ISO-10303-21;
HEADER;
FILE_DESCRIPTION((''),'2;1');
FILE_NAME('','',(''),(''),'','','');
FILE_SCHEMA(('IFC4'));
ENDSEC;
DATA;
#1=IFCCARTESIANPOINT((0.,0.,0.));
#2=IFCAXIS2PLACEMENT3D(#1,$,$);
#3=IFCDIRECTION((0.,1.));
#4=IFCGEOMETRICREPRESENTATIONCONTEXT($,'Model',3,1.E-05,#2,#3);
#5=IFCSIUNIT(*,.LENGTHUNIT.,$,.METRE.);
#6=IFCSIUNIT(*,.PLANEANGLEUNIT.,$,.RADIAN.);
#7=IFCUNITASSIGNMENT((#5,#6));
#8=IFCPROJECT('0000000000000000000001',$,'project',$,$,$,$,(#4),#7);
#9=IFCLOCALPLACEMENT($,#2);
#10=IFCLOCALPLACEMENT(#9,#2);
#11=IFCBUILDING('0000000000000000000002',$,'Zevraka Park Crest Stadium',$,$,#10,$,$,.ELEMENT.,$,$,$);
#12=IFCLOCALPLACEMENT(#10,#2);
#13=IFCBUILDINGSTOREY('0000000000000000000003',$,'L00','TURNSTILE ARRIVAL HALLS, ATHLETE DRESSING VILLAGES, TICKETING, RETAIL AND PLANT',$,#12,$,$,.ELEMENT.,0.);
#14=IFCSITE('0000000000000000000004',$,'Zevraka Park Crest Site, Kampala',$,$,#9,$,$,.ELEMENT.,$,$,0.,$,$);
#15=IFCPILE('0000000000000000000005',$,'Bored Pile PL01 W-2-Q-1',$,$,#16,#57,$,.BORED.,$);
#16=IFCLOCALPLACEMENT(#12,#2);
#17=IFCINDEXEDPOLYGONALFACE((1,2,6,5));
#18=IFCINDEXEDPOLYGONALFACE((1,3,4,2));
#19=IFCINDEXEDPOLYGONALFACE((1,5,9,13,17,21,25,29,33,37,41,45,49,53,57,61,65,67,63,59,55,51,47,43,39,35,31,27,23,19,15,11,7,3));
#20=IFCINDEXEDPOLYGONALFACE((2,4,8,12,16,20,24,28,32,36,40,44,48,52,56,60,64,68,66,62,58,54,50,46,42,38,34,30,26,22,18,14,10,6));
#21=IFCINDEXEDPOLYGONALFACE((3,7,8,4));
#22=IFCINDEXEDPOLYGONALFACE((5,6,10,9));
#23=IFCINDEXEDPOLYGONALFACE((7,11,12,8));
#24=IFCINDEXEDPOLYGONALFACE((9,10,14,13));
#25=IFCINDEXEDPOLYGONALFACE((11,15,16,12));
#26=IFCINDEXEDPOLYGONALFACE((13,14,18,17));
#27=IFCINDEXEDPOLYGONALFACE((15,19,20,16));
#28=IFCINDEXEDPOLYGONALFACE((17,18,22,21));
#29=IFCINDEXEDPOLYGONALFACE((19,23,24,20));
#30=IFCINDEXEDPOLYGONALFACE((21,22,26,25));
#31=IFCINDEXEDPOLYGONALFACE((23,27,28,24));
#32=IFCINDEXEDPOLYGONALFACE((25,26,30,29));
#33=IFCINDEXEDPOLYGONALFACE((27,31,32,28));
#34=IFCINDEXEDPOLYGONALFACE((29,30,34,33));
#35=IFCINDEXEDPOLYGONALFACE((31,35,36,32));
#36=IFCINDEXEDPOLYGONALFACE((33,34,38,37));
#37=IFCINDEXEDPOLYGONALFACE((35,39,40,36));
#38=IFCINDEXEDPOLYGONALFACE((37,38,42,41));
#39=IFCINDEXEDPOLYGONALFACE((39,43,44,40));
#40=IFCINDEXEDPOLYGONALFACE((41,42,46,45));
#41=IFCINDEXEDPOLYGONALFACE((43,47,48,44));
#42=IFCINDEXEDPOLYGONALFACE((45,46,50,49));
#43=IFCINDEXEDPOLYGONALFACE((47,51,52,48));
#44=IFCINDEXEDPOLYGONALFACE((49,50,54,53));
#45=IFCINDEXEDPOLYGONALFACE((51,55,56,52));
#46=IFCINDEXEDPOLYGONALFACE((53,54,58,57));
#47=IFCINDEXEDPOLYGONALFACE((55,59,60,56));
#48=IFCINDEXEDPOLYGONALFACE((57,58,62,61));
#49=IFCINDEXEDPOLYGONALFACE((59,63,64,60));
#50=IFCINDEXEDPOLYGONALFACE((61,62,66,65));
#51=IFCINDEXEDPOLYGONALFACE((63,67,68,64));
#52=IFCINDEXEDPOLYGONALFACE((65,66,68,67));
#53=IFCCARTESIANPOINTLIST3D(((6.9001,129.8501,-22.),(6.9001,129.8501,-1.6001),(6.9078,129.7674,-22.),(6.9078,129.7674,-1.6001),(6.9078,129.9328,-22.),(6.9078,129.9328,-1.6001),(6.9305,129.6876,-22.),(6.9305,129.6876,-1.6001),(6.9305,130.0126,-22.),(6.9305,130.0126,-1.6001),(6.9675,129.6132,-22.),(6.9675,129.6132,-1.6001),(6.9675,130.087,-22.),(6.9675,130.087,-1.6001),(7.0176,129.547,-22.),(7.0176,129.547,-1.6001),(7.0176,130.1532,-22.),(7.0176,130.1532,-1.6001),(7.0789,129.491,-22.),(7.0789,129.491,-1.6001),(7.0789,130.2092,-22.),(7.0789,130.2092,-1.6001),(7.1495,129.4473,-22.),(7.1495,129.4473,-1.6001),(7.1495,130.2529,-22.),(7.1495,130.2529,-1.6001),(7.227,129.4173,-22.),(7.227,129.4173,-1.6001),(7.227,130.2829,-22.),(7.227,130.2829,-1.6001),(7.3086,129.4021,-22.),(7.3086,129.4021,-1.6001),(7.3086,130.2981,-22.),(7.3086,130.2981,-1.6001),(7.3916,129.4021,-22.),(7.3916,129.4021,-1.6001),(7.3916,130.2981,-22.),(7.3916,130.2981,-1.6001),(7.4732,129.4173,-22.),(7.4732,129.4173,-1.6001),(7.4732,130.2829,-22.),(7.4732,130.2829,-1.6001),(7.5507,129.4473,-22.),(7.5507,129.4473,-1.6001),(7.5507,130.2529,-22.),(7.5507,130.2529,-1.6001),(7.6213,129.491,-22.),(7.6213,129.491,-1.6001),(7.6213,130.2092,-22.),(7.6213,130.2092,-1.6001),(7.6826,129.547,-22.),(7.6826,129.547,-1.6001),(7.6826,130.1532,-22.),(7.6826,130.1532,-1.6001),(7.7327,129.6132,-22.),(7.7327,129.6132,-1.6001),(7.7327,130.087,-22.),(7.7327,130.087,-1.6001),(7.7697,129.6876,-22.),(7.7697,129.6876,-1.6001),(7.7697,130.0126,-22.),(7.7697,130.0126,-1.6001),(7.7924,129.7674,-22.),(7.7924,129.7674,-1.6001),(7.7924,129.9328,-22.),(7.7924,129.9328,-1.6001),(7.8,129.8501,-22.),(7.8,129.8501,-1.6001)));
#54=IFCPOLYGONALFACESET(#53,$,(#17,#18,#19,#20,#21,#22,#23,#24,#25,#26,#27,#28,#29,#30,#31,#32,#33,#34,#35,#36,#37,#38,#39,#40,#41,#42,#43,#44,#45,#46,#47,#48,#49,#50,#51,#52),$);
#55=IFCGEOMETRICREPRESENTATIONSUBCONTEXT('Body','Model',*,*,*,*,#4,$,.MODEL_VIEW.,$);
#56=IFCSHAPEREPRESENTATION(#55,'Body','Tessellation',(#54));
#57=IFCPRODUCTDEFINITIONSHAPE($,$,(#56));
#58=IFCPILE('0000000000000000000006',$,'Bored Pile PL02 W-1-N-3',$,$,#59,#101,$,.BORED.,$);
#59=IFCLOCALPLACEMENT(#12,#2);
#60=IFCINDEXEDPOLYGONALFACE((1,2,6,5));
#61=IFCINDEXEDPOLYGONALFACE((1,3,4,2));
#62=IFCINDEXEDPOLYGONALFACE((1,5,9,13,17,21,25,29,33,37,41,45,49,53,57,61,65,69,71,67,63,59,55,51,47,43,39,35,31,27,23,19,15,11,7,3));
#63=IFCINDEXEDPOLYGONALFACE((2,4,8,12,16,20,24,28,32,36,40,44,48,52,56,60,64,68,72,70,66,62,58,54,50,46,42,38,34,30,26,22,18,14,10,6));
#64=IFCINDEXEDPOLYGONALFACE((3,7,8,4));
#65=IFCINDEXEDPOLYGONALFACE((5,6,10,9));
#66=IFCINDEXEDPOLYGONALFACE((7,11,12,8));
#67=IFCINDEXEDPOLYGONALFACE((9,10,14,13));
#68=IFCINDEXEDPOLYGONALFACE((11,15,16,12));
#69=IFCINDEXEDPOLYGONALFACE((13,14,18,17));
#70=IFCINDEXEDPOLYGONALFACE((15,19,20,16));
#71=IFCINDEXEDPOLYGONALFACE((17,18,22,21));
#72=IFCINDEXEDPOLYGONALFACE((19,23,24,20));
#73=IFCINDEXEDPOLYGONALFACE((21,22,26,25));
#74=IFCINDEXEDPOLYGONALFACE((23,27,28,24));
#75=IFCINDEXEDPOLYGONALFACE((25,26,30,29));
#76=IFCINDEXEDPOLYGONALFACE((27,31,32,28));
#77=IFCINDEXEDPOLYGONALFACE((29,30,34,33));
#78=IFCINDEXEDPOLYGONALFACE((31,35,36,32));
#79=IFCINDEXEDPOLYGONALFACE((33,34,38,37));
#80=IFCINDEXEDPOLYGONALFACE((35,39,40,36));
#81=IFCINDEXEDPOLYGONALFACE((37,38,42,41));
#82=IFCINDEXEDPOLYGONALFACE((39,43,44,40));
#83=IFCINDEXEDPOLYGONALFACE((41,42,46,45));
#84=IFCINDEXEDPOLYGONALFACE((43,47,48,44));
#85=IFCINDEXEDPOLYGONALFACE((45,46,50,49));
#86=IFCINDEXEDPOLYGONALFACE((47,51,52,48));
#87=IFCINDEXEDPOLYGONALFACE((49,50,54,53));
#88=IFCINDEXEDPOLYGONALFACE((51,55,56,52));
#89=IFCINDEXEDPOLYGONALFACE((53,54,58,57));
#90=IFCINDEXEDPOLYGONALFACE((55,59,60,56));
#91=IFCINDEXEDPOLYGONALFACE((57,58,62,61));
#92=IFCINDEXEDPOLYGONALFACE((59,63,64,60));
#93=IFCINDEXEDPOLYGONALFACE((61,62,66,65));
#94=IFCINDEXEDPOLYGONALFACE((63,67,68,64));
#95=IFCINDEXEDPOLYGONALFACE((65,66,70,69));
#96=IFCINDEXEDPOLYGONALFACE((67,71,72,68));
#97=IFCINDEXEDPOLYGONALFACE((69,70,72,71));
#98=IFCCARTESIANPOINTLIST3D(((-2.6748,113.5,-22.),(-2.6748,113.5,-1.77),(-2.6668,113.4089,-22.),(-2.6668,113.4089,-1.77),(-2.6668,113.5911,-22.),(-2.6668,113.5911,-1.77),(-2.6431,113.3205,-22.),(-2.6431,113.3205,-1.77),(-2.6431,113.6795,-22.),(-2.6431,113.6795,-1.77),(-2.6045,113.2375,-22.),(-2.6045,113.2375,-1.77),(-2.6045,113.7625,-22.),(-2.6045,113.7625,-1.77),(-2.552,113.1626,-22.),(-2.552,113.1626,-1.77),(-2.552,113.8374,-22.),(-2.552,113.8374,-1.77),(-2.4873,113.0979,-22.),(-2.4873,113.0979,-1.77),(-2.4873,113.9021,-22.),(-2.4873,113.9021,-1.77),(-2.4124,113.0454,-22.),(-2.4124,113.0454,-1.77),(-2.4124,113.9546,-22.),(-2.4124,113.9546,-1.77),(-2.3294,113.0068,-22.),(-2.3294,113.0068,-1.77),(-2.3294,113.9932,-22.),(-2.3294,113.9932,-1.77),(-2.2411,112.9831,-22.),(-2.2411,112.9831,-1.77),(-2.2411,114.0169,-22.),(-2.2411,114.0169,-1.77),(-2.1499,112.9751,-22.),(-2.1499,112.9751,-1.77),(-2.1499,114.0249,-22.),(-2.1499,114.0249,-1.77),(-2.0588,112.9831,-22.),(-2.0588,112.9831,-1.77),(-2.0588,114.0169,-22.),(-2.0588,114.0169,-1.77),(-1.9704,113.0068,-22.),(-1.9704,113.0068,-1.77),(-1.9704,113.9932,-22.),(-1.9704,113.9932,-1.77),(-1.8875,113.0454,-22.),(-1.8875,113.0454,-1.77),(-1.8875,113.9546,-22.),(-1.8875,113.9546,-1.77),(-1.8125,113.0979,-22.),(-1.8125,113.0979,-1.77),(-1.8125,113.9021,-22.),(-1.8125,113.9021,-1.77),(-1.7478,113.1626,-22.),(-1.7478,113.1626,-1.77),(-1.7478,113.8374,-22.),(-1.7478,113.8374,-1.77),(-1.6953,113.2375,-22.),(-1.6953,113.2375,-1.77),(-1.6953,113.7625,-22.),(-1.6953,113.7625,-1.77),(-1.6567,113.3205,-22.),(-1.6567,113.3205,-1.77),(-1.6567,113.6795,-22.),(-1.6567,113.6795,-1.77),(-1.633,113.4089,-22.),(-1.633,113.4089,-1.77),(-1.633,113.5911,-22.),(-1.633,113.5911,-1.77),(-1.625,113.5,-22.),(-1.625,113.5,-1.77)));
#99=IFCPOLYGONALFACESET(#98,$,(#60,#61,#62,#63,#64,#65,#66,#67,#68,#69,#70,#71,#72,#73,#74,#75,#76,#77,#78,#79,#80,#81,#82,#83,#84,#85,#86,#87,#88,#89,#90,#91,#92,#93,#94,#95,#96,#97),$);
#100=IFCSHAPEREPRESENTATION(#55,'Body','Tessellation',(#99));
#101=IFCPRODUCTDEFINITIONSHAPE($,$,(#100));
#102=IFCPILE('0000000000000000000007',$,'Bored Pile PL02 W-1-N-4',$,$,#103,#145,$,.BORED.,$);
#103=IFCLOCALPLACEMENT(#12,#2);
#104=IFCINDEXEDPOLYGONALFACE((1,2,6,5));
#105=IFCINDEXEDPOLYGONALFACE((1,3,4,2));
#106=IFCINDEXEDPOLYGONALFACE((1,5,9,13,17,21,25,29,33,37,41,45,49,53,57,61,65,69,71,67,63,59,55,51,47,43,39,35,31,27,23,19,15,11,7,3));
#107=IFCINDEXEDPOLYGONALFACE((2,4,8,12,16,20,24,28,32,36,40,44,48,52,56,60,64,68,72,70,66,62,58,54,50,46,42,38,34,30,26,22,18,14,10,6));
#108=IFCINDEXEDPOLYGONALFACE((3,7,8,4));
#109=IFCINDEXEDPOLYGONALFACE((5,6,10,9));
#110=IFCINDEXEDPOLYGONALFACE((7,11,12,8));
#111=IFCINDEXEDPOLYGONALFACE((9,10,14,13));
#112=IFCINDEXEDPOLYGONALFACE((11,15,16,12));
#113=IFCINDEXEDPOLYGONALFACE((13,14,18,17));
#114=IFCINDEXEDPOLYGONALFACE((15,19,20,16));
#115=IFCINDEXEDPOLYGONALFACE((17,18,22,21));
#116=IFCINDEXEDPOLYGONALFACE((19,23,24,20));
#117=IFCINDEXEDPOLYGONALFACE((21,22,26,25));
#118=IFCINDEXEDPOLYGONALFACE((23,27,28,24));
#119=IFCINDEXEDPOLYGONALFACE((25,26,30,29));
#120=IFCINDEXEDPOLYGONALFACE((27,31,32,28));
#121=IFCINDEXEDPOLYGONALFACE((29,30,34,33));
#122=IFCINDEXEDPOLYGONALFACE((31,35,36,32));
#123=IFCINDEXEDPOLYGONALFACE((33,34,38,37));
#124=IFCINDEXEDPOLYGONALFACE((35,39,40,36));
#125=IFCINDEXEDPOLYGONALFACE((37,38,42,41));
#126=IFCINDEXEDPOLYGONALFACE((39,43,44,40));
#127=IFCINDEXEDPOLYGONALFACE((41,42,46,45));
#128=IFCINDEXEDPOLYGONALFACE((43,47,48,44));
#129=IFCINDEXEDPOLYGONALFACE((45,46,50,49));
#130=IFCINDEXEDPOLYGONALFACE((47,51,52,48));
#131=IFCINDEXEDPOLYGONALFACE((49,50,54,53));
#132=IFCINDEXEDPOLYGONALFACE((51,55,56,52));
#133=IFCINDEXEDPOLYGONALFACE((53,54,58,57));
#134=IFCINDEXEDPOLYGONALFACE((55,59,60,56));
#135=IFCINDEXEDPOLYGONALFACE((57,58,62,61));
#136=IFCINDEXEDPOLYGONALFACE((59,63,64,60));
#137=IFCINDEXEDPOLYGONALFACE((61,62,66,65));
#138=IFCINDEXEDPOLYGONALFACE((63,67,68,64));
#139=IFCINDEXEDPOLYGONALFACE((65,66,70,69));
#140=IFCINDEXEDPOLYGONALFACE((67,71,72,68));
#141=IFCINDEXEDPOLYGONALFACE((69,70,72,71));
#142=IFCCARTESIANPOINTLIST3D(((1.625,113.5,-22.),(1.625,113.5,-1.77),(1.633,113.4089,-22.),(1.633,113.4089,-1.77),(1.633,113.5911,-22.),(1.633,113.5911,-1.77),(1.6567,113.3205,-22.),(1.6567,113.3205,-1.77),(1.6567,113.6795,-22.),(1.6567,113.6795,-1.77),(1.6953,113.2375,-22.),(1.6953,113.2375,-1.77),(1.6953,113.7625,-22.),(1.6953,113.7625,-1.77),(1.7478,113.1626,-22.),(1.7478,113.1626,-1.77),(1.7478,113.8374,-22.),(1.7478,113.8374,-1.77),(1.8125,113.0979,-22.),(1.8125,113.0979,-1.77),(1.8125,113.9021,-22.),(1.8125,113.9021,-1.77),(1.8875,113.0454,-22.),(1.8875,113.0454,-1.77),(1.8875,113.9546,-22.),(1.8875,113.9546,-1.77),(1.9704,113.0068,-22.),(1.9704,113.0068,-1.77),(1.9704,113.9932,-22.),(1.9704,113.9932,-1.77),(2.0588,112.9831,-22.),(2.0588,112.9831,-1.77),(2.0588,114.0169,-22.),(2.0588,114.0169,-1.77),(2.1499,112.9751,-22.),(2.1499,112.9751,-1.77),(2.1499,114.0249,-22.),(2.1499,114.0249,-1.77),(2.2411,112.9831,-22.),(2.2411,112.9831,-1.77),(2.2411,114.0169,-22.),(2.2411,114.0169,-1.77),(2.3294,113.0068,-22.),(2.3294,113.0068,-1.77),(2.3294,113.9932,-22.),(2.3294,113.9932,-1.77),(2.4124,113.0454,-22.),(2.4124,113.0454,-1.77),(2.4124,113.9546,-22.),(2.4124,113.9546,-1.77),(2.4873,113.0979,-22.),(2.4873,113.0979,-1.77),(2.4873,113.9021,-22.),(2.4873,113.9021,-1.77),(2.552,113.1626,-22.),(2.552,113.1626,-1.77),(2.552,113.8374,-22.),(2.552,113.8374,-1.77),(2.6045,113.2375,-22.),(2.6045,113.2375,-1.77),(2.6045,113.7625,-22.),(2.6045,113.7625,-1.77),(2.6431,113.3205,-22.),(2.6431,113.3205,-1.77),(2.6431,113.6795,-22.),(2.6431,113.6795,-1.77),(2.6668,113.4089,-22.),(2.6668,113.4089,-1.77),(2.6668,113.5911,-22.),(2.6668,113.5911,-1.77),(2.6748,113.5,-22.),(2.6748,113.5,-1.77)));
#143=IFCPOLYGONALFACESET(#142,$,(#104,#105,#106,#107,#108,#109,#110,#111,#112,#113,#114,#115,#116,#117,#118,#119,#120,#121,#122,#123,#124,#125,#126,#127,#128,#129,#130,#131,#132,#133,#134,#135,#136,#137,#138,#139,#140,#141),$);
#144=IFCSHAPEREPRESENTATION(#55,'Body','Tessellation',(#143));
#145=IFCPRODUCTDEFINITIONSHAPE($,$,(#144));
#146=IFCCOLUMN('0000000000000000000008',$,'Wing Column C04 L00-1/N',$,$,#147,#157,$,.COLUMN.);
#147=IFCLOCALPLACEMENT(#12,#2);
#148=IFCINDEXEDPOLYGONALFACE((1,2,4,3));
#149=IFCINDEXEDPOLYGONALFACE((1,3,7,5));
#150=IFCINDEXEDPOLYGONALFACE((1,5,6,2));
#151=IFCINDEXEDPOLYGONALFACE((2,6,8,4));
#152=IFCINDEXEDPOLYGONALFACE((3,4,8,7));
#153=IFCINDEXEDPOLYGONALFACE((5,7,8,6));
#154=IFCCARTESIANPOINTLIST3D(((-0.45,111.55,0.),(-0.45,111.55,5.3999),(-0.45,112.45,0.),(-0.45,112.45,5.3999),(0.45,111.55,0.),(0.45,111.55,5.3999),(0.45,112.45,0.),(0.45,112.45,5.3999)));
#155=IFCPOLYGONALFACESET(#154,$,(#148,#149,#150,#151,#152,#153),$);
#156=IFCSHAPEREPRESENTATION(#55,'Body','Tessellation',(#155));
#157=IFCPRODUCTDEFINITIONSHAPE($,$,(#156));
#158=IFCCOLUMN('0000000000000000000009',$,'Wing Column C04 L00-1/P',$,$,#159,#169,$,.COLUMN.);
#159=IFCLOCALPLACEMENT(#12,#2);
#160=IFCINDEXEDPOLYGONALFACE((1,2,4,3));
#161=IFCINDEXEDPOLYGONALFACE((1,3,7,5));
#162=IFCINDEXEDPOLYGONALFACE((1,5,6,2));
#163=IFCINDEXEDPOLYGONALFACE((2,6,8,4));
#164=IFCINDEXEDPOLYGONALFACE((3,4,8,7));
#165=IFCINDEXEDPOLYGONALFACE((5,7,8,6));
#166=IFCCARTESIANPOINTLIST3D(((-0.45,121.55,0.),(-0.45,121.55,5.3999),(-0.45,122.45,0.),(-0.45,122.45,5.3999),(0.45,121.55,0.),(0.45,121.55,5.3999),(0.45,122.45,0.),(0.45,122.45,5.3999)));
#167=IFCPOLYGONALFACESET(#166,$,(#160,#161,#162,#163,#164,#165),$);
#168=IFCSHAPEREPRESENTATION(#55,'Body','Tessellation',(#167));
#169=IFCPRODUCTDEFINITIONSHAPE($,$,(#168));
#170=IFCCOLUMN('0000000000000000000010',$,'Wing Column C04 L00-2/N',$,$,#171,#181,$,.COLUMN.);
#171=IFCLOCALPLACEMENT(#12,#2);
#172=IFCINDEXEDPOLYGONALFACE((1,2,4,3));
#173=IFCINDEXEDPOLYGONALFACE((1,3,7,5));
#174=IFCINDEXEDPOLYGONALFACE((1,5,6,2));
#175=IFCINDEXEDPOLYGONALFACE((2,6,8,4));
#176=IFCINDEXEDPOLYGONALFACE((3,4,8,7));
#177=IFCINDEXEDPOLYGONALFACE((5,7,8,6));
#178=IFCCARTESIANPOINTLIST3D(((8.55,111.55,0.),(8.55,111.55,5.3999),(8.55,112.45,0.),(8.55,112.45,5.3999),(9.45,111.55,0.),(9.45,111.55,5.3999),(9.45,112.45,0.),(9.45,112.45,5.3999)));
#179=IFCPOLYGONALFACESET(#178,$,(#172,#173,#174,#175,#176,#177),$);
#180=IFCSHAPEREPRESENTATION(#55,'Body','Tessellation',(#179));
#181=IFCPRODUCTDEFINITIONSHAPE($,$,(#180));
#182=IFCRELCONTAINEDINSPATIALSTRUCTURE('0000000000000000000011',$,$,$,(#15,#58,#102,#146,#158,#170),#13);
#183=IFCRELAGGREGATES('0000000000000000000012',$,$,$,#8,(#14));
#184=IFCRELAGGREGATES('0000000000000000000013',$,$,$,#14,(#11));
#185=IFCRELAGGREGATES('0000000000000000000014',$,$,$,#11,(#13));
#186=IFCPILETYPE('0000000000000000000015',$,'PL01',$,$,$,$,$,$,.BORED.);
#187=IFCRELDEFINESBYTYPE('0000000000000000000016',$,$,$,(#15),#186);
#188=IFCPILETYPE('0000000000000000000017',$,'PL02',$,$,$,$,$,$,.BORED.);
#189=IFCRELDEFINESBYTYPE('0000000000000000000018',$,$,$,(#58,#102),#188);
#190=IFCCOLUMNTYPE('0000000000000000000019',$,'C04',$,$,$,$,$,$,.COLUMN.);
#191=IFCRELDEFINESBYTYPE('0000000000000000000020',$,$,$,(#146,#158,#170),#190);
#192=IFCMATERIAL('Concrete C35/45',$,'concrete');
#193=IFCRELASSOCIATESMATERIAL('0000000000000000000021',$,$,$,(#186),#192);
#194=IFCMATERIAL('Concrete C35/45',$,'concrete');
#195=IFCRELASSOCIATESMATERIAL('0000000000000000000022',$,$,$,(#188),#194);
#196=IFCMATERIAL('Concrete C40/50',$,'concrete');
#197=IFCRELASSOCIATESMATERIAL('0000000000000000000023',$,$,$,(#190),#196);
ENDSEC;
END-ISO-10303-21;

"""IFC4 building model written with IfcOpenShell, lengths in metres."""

from ifc_helpers import new_model, si_unit, direction, frame, origin, origin_2d, place, context, subcontext, project, spatial, rectangle, circle, extrude, material, material_profile, profile_set, type_object, element, save


model = new_model("IFC4")

# Units and contexts
model_context = context("Model", 3, precision=1e-05, world=origin(), true_north=direction((0.0, 1.0)))
body_context = subcontext(model_context, "Body", "Model", "MODEL_VIEW")
ifc_project = project(units=[si_unit("LENGTHUNIT", "METRE"), si_unit("PLANEANGLEUNIT", "RADIAN")], contexts=[model_context])

# Site, building, storey
site_placement = place(None, origin())
site = spatial("IfcSite", under=ifc_project, at=site_placement, Name="Zevraka Park Crest Site, Kampala", CompositionType="ELEMENT", RefElevation=0.0)
building_placement = place(site_placement, origin())
building = spatial("IfcBuilding", under=site, at=building_placement, Name="Zevraka Park Crest Stadium", CompositionType="ELEMENT")
storey_placement = place(building_placement, origin())
storey = spatial("IfcBuildingStorey", under=building, at=storey_placement, Name="L00", Description="TURNSTILE ARRIVAL HALLS, ATHLETE DRESSING VILLAGES, TICKETING, RETAIL AND PLANT", CompositionType="ELEMENT", Elevation=0.0)

# Piles
ifc_material_1 = material(Name="Concrete C35/45", Category="concrete")
ifc_material_profile_1 = material_profile(ifc_material_1, circle(Radius=0.45, at=origin_2d()), Name="PILE D900")
ifc_profile_set_1 = profile_set([ifc_material_profile_1], Name="Concrete C35/45")
pile_type_1 = type_object("IfcPileType", Name="PL01", PredefinedType="BORED", material=ifc_profile_set_1)
pile_1_placement = place(storey_placement, frame((7.3501, 129.8501, -1.6001), z_axis=(0.0, 0.0, -1.0), x_axis=(1.0, 0.0, 0.0)))
element("IfcPile", 1, at=pile_1_placement, inside=storey, type_object=pile_type_1, Name="Bored Pile PL01 W-2-Q-1", PredefinedType="BORED", context=body_context, shape_type="SweptSolid", body=[
    extrude(circle(Radius=0.45, at=origin_2d()), origin(), (0.0, 0.0, 1.0), 20.3999),
])
ifc_material_2 = material(Name="Concrete C35/45", Category="concrete")
ifc_material_profile_2 = material_profile(ifc_material_2, circle(Radius=0.5249, at=origin_2d()), Name="PILE D1050")
ifc_profile_set_2 = profile_set([ifc_material_profile_2], Name="Concrete C35/45")
pile_type_2 = type_object("IfcPileType", Name="PL02", PredefinedType="BORED", material=ifc_profile_set_2)
for number, where, z_axis, x_axis, name in (
    (2, (-2.1499, 113.5, -1.77), (0.0, 0.0, -1.0), (1.0, 0.0, 0.0), "Bored Pile PL02 W-1-N-3"),
    (3, (2.1499, 113.5, -1.77), (0.0, 0.0, -1.0), (1.0, 0.0, 0.0), "Bored Pile PL02 W-1-N-4"),
):
    element("IfcPile", number, at=place(storey_placement, frame(where, z_axis=z_axis, x_axis=x_axis)), inside=storey, type_object=pile_type_2, Name=name, PredefinedType="BORED", context=body_context, shape_type="SweptSolid", body=[
        extrude(circle(Radius=0.5249, at=origin_2d()), origin(), (0.0, 0.0, 1.0), 20.23),
    ])

# Columns
ifc_material_3 = material(Name="Concrete C40/50", Category="concrete")
ifc_material_profile_3 = material_profile(ifc_material_3, rectangle(XDim=0.8999, YDim=0.8999, at=origin_2d()), Name="RC 900x900")
ifc_profile_set_3 = profile_set([ifc_material_profile_3], Name="Concrete C40/50")
column_type = type_object("IfcColumnType", Name="C04", PredefinedType="COLUMN", material=ifc_profile_set_3)
for number, where, z_axis, x_axis, name in (
    (4, (0.0, 112.0, 0.0), (0.0, 0.0, 1.0), (1.0, 0.0, 0.0), "Wing Column C04 L00-1/N"),
    (5, (0.0, 122.0, 0.0), (0.0, 0.0, 1.0), (1.0, 0.0, 0.0), "Wing Column C04 L00-1/P"),
    (6, (9.0, 112.0, 0.0), (0.0, 0.0, 1.0), (1.0, 0.0, 0.0), "Wing Column C04 L00-2/N"),
):
    element("IfcColumn", number, at=place(storey_placement, frame(where, z_axis=z_axis, x_axis=x_axis)), inside=storey, type_object=column_type, Name=name, PredefinedType="COLUMN", context=body_context, shape_type="SweptSolid", body=[
        extrude(rectangle(XDim=0.8999, YDim=0.8999, at=origin_2d()), origin(), (0.0, 0.0, 1.0), 5.3999),
    ])

save(model, "model.ifc")
